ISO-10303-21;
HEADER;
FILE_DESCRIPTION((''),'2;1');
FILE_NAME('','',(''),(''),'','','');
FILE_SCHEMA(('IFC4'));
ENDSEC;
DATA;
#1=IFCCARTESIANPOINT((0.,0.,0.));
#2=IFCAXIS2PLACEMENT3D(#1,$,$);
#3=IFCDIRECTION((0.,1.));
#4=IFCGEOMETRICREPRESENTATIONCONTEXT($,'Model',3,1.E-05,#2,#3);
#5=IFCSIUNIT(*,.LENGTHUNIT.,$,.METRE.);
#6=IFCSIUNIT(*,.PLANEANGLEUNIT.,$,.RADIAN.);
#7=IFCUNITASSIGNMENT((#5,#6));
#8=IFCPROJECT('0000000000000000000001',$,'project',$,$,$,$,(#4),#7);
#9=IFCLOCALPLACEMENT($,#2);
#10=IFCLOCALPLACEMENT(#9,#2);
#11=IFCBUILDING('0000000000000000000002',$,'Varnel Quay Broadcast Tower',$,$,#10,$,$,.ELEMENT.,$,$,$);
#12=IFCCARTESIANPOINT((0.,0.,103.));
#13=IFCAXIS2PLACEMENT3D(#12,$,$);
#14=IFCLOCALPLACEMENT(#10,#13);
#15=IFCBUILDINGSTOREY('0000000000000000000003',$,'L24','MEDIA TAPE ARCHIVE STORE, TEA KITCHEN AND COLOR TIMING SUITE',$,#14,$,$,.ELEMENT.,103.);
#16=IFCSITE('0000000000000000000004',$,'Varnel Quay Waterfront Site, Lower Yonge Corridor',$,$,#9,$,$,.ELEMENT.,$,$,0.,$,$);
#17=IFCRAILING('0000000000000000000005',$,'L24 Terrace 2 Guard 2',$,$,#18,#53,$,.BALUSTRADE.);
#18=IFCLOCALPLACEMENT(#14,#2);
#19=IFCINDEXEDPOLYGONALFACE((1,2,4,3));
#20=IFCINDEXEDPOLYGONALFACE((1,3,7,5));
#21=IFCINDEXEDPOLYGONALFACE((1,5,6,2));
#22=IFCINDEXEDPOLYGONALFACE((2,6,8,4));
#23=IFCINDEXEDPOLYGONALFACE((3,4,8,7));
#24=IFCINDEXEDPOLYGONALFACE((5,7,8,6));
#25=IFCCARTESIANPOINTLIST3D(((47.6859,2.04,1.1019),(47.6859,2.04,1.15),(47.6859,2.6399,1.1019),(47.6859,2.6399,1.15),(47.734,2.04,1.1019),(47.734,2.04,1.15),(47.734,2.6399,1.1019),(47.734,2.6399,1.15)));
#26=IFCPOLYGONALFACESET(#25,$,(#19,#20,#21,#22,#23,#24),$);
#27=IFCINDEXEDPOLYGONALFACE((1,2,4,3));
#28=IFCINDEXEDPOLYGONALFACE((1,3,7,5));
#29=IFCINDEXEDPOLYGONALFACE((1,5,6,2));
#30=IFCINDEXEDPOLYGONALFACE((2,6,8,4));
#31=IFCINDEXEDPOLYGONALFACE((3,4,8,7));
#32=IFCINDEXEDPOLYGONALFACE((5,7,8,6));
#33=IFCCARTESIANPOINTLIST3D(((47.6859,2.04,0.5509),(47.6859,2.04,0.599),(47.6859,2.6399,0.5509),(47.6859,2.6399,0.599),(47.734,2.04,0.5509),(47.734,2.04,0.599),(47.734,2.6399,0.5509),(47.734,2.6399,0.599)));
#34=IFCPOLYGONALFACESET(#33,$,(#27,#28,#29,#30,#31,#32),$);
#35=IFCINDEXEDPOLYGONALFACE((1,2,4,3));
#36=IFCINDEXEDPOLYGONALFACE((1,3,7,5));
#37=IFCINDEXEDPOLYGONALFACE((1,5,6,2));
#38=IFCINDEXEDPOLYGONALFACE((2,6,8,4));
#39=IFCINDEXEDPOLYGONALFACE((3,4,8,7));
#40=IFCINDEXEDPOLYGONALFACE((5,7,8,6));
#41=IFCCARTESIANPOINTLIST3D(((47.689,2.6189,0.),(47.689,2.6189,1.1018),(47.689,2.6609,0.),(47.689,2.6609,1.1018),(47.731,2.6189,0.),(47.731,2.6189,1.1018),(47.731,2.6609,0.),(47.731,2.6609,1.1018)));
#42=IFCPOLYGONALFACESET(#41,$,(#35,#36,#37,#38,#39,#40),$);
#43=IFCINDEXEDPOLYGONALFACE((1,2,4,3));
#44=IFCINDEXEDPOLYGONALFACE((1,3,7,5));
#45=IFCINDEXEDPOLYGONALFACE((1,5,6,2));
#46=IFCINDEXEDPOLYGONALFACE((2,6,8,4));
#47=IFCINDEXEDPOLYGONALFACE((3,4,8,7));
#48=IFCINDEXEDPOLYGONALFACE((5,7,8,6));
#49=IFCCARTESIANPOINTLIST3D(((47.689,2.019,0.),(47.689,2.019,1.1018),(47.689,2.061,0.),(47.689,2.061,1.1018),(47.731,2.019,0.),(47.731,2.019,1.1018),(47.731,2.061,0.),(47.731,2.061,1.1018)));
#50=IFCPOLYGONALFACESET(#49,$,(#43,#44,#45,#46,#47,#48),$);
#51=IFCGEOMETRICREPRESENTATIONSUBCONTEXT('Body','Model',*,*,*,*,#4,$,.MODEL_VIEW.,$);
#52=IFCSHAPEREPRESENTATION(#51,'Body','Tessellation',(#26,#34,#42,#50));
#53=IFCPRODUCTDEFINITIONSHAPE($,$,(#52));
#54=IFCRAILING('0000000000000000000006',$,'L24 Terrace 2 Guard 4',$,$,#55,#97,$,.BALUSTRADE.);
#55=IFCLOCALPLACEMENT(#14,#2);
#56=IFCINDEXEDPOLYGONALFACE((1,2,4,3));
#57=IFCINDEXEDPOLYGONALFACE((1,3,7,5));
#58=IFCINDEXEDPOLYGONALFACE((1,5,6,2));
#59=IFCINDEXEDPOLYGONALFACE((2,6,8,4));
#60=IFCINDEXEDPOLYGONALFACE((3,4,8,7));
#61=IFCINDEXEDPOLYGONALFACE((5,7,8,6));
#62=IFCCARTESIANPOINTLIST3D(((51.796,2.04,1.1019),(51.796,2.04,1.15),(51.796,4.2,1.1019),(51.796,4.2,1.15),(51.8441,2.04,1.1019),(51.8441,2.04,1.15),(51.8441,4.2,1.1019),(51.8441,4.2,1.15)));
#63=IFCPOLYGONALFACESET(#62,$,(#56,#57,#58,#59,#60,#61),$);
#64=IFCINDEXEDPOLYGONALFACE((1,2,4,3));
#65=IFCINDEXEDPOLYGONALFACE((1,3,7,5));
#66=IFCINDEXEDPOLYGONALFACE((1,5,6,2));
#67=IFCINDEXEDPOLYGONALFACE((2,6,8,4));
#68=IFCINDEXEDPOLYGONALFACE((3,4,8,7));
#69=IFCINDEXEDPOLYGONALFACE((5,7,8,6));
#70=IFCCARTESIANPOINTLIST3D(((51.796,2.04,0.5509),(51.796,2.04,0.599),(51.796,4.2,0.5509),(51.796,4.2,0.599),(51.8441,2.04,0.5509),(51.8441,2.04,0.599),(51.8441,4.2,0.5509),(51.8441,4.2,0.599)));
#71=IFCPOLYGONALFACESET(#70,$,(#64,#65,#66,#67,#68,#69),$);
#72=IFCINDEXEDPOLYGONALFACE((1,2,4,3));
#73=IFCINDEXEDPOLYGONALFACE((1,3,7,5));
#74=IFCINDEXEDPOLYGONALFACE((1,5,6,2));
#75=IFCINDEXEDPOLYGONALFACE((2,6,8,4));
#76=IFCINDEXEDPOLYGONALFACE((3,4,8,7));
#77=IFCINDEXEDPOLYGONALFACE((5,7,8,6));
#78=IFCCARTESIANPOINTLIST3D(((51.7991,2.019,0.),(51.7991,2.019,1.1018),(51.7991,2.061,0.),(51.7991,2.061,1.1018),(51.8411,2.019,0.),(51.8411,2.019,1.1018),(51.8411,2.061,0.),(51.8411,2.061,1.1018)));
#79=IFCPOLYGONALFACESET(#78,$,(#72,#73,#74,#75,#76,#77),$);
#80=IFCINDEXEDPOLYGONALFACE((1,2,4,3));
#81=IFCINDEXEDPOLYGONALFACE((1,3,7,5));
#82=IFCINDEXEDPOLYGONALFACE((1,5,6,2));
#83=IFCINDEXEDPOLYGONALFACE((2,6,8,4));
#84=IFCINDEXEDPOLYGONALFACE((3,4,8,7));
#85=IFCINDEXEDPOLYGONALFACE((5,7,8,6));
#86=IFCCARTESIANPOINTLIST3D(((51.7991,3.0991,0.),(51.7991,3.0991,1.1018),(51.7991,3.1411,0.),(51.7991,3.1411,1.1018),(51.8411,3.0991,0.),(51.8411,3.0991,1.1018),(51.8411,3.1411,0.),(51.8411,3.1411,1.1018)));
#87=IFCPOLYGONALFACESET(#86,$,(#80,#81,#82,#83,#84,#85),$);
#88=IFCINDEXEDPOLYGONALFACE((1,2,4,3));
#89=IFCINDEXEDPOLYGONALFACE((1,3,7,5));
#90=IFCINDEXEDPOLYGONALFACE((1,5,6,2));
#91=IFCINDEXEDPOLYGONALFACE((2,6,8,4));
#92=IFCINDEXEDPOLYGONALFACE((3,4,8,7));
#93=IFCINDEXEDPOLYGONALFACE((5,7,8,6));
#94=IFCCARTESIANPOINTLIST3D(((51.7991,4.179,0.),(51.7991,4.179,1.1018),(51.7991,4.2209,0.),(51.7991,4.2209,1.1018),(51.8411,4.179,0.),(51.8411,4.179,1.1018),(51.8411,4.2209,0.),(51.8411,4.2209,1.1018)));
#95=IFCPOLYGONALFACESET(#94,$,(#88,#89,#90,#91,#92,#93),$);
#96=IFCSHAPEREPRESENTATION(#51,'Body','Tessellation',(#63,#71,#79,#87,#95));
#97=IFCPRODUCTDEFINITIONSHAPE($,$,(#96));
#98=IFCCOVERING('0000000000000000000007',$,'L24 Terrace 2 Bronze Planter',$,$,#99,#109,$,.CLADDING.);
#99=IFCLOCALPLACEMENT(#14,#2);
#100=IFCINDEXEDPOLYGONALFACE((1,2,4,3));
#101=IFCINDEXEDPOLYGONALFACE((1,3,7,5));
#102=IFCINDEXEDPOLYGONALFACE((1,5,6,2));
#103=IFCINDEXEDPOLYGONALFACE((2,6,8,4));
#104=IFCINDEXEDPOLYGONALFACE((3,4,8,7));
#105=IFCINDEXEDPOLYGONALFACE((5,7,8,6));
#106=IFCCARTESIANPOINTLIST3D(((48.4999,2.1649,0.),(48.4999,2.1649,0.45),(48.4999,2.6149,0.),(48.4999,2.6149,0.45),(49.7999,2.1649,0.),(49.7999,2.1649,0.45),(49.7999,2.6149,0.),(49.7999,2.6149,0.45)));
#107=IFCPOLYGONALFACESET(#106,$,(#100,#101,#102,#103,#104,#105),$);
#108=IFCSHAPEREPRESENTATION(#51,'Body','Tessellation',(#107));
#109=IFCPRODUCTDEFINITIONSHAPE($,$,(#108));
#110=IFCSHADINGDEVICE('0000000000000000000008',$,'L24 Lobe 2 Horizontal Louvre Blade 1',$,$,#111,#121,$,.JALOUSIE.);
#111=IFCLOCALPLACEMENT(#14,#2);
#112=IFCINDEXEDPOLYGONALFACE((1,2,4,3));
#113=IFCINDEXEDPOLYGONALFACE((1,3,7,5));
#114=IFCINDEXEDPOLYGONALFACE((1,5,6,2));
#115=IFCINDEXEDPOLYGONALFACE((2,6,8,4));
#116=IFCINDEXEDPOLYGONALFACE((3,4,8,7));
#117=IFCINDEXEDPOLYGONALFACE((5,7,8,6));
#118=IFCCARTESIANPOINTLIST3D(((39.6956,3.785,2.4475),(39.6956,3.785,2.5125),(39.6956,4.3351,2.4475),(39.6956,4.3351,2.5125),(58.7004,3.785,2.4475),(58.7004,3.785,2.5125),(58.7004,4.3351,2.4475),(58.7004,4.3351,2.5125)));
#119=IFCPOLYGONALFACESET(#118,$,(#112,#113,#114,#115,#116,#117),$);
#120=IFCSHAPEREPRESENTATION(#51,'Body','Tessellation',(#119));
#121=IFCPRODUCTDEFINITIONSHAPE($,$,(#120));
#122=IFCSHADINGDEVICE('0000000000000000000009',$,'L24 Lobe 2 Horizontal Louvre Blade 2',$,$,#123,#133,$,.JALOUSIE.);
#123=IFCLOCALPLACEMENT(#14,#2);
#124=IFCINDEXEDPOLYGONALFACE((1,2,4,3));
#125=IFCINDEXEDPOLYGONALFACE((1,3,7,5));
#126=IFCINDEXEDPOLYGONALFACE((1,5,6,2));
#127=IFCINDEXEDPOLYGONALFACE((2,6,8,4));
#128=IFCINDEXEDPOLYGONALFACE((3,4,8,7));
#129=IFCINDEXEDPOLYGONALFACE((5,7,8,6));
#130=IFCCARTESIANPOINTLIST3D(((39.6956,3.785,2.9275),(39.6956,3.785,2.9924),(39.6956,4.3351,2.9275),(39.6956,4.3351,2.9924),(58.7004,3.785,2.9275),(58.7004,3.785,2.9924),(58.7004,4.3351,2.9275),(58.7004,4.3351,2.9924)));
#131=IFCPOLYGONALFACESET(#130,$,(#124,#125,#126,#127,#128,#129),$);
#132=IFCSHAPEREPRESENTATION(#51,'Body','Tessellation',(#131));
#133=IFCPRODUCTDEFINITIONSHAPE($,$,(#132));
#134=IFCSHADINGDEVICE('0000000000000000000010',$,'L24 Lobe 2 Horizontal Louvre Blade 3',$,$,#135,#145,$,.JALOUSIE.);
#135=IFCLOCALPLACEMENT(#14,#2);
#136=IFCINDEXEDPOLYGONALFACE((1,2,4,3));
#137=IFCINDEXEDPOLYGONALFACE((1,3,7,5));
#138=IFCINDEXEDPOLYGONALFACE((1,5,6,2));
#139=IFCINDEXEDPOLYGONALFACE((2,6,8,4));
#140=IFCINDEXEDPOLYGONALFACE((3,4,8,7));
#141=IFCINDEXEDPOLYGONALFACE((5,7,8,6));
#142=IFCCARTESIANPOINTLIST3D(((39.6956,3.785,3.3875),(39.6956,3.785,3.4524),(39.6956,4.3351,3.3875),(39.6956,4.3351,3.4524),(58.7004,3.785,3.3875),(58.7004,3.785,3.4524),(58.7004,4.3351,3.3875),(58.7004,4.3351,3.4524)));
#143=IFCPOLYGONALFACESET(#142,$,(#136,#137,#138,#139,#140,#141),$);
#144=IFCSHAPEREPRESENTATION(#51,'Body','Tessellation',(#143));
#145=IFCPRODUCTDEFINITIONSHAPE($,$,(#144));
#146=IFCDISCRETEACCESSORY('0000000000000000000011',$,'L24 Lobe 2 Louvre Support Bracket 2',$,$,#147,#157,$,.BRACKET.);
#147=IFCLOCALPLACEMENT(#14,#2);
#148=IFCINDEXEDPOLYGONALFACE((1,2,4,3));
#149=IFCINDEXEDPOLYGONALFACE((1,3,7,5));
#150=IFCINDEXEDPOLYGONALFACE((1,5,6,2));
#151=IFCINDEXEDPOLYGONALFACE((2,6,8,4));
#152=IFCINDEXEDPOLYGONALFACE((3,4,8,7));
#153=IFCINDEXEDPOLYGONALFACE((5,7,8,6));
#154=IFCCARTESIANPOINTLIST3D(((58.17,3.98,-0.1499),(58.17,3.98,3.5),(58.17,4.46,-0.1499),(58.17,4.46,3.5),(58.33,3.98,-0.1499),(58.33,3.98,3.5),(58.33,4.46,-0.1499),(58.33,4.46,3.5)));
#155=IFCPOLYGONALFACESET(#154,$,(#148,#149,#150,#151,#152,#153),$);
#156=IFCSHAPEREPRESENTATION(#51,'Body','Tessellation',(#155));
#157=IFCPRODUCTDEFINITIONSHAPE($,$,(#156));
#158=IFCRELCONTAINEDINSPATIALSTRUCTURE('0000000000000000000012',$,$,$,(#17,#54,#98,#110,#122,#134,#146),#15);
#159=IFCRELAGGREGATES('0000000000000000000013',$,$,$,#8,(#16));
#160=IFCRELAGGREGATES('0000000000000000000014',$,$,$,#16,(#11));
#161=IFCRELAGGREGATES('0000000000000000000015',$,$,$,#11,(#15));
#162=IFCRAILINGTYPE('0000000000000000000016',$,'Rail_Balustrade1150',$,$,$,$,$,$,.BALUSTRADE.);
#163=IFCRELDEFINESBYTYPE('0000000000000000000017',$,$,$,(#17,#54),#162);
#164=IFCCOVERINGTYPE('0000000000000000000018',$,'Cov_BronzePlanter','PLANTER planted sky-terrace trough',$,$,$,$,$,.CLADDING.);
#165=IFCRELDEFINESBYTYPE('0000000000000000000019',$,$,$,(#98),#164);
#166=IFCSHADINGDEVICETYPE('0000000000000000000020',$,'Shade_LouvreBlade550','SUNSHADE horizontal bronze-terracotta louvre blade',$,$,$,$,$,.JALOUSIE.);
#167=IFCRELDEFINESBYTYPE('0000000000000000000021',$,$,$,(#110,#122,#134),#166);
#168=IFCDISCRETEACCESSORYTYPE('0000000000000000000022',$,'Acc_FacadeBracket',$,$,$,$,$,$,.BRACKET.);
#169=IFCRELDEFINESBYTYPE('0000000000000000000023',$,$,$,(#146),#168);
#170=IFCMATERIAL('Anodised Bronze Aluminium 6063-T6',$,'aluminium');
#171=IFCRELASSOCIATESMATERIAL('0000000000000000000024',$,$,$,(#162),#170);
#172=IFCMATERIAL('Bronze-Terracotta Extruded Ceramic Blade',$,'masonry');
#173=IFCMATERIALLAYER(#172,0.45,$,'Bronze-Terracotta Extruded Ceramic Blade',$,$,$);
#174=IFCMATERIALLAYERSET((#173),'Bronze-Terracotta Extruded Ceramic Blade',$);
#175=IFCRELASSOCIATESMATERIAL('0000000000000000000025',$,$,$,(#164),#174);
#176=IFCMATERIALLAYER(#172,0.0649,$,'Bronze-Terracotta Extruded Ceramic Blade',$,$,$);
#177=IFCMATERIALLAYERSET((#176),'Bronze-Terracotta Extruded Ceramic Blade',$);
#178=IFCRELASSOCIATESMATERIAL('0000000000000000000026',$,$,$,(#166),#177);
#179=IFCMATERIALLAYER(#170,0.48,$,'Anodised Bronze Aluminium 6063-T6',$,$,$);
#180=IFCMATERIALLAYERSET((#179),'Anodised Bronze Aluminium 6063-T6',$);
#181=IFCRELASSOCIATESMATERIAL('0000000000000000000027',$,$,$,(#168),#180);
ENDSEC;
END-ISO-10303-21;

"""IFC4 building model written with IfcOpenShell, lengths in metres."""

from ifc_helpers import new_model, si_unit, direction, frame, origin, origin_2d, place, context, subcontext, project, spatial, rectangle, extrude, source, transform, mapped, material, layer, layer_set, type_object, type_shapes, element, save


model = new_model("IFC4")

# Units and contexts
model_context = context("Model", 3, precision=1e-05, world=origin(), true_north=direction((0.0, 1.0)))
body_context = subcontext(model_context, "Body", "Model", "MODEL_VIEW")
ifc_project = project(units=[si_unit("LENGTHUNIT", "METRE"), si_unit("PLANEANGLEUNIT", "RADIAN")], contexts=[model_context])

# Site, building, storey
site_placement = place(None, origin())
site = spatial("IfcSite", under=ifc_project, at=site_placement, Name="Varnel Quay Waterfront Site, Lower Yonge Corridor", CompositionType="ELEMENT", RefElevation=0.0)
building_placement = place(site_placement, origin())
building = spatial("IfcBuilding", under=site, at=building_placement, Name="Varnel Quay Broadcast Tower", CompositionType="ELEMENT")
storey_placement = place(building_placement, frame((0.0, 0.0, 103.0)))
storey = spatial("IfcBuildingStorey", under=building, at=storey_placement, Name="L24", Description="MEDIA TAPE ARCHIVE STORE, TEA KITCHEN AND COLOR TIMING SUITE", CompositionType="ELEMENT", Elevation=103.0)

# Shared definitions
ifc_material_1 = material(Name="Anodised Bronze Aluminium 6063-T6", Category="aluminium")

# Railings
railing_type = type_object("IfcRailingType", Name="Rail_Balustrade1150", PredefinedType="BALUSTRADE", material=ifc_material_1)
railing_1_placement = place(storey_placement, frame((47.71, 2.6399, 0.0)))
element("IfcRailing", 1, at=railing_1_placement, inside=storey, type_object=railing_type, Name="L24 Terrace 2 Guard 2", PredefinedType="BALUSTRADE", context=body_context, shape_type="SweptSolid", body=[
    extrude(rectangle(XDim=0.0481, YDim=0.0481, at=origin_2d()), frame((0.0, 0.0, 1.126), z_axis=(0.0, -1.0, 0.0), x_axis=(1.0, 0.0, 0.0)), (0.0, 0.0, 1.0), 0.5999),
    extrude(rectangle(XDim=0.0481, YDim=0.0481, at=origin_2d()), frame((0.0, 0.0, 0.575), z_axis=(0.0, -1.0, 0.0), x_axis=(1.0, 0.0, 0.0)), (0.0, 0.0, 1.0), 0.5999),
    extrude(rectangle(XDim=0.042, YDim=0.042, at=origin_2d()), origin(), (0.0, 0.0, 1.0), 1.1018),
    extrude(rectangle(XDim=0.042, YDim=0.042, at=origin_2d()), frame((0.0, -0.5999, 0.0)), (0.0, 0.0, 1.0), 1.1018),
])
railing_2_placement = place(storey_placement, frame((51.8201, 2.04, 0.0)))
element("IfcRailing", 2, at=railing_2_placement, inside=storey, type_object=railing_type, Name="L24 Terrace 2 Guard 4", PredefinedType="BALUSTRADE", context=body_context, shape_type="SweptSolid", body=[
    extrude(rectangle(XDim=0.0481, YDim=0.0481, at=origin_2d()), frame((0.0, 0.0, 1.126), z_axis=(0.0, 1.0, 0.0), x_axis=(-1.0, 0.0, 0.0)), (0.0, 0.0, 1.0), 2.1599),
    extrude(rectangle(XDim=0.0481, YDim=0.0481, at=origin_2d()), frame((0.0, 0.0, 0.575), z_axis=(0.0, 1.0, 0.0), x_axis=(-1.0, 0.0, 0.0)), (0.0, 0.0, 1.0), 2.1599),
    extrude(rectangle(XDim=0.042, YDim=0.042, at=origin_2d()), origin(), (0.0, 0.0, 1.0), 1.1018),
    extrude(rectangle(XDim=0.042, YDim=0.042, at=origin_2d()), frame((0.0, 1.0801, 0.0)), (0.0, 0.0, 1.0), 1.1018),
    extrude(rectangle(XDim=0.042, YDim=0.042, at=origin_2d()), frame((0.0, 2.1599, 0.0)), (0.0, 0.0, 1.0), 1.1018),
])

# Covering
ifc_material_2 = material(Name="Bronze-Terracotta Extruded Ceramic Blade", Category="masonry")
ifc_layer_1 = layer(ifc_material_2, 0.45, Name="Bronze-Terracotta Extruded Ceramic Blade")
ifc_layer_set_1 = layer_set([ifc_layer_1], Name="Bronze-Terracotta Extruded Ceramic Blade")
covering_type = type_object("IfcCoveringType", Name="Cov_BronzePlanter", Description="PLANTER planted sky-terrace trough", PredefinedType="CLADDING", material=ifc_layer_set_1)
shared_shape_1 = source(origin(), body_context, "Body", "SweptSolid", [
    extrude(rectangle(XDim=1.3, YDim=0.45, at=origin_2d()), origin(), (0.0, 0.0, 1.0), 0.45),
])
type_shapes(covering_type, [shared_shape_1])
covering_placement = place(storey_placement, frame((49.1499, 2.3899, 0.0), z_axis=(0.0, 0.0, 1.0), x_axis=(1.0, 0.0, 0.0)))
element("IfcCovering", 3, at=covering_placement, inside=storey, type_object=covering_type, Name="L24 Terrace 2 Bronze Planter", PredefinedType="CLADDING", context=body_context, shape_type="MappedRepresentation", body=[
    mapped(shared_shape_1, transform((0.0, 0.0, 0.0), x_axis=(1.0, 0.0, 0.0), y_axis=(0.0, 1.0, 0.0), z_axis=(0.0, 0.0, 1.0), scale=1.0)),
])

# Shading devices
ifc_layer_2 = layer(ifc_material_2, 0.0649, Name="Bronze-Terracotta Extruded Ceramic Blade")
ifc_layer_set_2 = layer_set([ifc_layer_2], Name="Bronze-Terracotta Extruded Ceramic Blade")
shading_device_type = type_object("IfcShadingDeviceType", Name="Shade_LouvreBlade550", Description="SUNSHADE horizontal bronze-terracotta louvre blade", PredefinedType="JALOUSIE", material=ifc_layer_set_2)
shared_shape_2 = source(origin(), body_context, "Body", "SweptSolid", [
    extrude(rectangle(XDim=19.0049, YDim=0.55, at=origin_2d()), origin(), (0.0, 0.0, 1.0), 0.0649),
])
type_shapes(shading_device_type, [shared_shape_2])
for number, where, z_axis, x_axis, name in (
    (4, (49.198, 4.0601, 2.4475), (0.0, 0.0, 1.0), (1.0, 0.0, 0.0), "L24 Lobe 2 Horizontal Louvre Blade 1"),
    (5, (49.198, 4.0601, 2.9275), (0.0, 0.0, 1.0), (1.0, 0.0, 0.0), "L24 Lobe 2 Horizontal Louvre Blade 2"),
    (6, (49.198, 4.0601, 3.3875), (0.0, 0.0, 1.0), (1.0, 0.0, 0.0), "L24 Lobe 2 Horizontal Louvre Blade 3"),
):
    element("IfcShadingDevice", number, at=place(storey_placement, frame(where, z_axis=z_axis, x_axis=x_axis)), inside=storey, type_object=shading_device_type, Name=name, PredefinedType="JALOUSIE", context=body_context, shape_type="MappedRepresentation", body=[
        mapped(shared_shape_2, transform((0.0, 0.0, 0.0), x_axis=(1.0, 0.0, 0.0), y_axis=(0.0, 1.0, 0.0), z_axis=(0.0, 0.0, 1.0), scale=1.0)),
    ])

# Discrete accessory
ifc_layer_3 = layer(ifc_material_1, 0.48, Name="Anodised Bronze Aluminium 6063-T6")
ifc_layer_set_3 = layer_set([ifc_layer_3], Name="Anodised Bronze Aluminium 6063-T6")
discrete_accessory_type = type_object("IfcDiscreteAccessoryType", Name="Acc_FacadeBracket", PredefinedType="BRACKET", material=ifc_layer_set_3)
shared_shape_3 = source(origin(), body_context, "Body", "SweptSolid", [
    extrude(rectangle(XDim=0.1599, YDim=0.48, at=origin_2d()), origin(), (0.0, 0.0, 1.0), 3.6499),
])
type_shapes(discrete_accessory_type, [shared_shape_3])
discrete_accessory_placement = place(storey_placement, frame((58.25, 4.22, -0.1499), z_axis=(0.0, 0.0, 1.0), x_axis=(1.0, 0.0, 0.0)))
element("IfcDiscreteAccessory", 7, at=discrete_accessory_placement, inside=storey, type_object=discrete_accessory_type, Name="L24 Lobe 2 Louvre Support Bracket 2", PredefinedType="BRACKET", context=body_context, shape_type="MappedRepresentation", body=[
    mapped(shared_shape_3, transform((0.0, 0.0, 0.0), x_axis=(1.0, 0.0, 0.0), y_axis=(0.0, 1.0, 0.0), z_axis=(0.0, 0.0, 1.0), scale=1.0)),
])

save(model, "model.ifc")
